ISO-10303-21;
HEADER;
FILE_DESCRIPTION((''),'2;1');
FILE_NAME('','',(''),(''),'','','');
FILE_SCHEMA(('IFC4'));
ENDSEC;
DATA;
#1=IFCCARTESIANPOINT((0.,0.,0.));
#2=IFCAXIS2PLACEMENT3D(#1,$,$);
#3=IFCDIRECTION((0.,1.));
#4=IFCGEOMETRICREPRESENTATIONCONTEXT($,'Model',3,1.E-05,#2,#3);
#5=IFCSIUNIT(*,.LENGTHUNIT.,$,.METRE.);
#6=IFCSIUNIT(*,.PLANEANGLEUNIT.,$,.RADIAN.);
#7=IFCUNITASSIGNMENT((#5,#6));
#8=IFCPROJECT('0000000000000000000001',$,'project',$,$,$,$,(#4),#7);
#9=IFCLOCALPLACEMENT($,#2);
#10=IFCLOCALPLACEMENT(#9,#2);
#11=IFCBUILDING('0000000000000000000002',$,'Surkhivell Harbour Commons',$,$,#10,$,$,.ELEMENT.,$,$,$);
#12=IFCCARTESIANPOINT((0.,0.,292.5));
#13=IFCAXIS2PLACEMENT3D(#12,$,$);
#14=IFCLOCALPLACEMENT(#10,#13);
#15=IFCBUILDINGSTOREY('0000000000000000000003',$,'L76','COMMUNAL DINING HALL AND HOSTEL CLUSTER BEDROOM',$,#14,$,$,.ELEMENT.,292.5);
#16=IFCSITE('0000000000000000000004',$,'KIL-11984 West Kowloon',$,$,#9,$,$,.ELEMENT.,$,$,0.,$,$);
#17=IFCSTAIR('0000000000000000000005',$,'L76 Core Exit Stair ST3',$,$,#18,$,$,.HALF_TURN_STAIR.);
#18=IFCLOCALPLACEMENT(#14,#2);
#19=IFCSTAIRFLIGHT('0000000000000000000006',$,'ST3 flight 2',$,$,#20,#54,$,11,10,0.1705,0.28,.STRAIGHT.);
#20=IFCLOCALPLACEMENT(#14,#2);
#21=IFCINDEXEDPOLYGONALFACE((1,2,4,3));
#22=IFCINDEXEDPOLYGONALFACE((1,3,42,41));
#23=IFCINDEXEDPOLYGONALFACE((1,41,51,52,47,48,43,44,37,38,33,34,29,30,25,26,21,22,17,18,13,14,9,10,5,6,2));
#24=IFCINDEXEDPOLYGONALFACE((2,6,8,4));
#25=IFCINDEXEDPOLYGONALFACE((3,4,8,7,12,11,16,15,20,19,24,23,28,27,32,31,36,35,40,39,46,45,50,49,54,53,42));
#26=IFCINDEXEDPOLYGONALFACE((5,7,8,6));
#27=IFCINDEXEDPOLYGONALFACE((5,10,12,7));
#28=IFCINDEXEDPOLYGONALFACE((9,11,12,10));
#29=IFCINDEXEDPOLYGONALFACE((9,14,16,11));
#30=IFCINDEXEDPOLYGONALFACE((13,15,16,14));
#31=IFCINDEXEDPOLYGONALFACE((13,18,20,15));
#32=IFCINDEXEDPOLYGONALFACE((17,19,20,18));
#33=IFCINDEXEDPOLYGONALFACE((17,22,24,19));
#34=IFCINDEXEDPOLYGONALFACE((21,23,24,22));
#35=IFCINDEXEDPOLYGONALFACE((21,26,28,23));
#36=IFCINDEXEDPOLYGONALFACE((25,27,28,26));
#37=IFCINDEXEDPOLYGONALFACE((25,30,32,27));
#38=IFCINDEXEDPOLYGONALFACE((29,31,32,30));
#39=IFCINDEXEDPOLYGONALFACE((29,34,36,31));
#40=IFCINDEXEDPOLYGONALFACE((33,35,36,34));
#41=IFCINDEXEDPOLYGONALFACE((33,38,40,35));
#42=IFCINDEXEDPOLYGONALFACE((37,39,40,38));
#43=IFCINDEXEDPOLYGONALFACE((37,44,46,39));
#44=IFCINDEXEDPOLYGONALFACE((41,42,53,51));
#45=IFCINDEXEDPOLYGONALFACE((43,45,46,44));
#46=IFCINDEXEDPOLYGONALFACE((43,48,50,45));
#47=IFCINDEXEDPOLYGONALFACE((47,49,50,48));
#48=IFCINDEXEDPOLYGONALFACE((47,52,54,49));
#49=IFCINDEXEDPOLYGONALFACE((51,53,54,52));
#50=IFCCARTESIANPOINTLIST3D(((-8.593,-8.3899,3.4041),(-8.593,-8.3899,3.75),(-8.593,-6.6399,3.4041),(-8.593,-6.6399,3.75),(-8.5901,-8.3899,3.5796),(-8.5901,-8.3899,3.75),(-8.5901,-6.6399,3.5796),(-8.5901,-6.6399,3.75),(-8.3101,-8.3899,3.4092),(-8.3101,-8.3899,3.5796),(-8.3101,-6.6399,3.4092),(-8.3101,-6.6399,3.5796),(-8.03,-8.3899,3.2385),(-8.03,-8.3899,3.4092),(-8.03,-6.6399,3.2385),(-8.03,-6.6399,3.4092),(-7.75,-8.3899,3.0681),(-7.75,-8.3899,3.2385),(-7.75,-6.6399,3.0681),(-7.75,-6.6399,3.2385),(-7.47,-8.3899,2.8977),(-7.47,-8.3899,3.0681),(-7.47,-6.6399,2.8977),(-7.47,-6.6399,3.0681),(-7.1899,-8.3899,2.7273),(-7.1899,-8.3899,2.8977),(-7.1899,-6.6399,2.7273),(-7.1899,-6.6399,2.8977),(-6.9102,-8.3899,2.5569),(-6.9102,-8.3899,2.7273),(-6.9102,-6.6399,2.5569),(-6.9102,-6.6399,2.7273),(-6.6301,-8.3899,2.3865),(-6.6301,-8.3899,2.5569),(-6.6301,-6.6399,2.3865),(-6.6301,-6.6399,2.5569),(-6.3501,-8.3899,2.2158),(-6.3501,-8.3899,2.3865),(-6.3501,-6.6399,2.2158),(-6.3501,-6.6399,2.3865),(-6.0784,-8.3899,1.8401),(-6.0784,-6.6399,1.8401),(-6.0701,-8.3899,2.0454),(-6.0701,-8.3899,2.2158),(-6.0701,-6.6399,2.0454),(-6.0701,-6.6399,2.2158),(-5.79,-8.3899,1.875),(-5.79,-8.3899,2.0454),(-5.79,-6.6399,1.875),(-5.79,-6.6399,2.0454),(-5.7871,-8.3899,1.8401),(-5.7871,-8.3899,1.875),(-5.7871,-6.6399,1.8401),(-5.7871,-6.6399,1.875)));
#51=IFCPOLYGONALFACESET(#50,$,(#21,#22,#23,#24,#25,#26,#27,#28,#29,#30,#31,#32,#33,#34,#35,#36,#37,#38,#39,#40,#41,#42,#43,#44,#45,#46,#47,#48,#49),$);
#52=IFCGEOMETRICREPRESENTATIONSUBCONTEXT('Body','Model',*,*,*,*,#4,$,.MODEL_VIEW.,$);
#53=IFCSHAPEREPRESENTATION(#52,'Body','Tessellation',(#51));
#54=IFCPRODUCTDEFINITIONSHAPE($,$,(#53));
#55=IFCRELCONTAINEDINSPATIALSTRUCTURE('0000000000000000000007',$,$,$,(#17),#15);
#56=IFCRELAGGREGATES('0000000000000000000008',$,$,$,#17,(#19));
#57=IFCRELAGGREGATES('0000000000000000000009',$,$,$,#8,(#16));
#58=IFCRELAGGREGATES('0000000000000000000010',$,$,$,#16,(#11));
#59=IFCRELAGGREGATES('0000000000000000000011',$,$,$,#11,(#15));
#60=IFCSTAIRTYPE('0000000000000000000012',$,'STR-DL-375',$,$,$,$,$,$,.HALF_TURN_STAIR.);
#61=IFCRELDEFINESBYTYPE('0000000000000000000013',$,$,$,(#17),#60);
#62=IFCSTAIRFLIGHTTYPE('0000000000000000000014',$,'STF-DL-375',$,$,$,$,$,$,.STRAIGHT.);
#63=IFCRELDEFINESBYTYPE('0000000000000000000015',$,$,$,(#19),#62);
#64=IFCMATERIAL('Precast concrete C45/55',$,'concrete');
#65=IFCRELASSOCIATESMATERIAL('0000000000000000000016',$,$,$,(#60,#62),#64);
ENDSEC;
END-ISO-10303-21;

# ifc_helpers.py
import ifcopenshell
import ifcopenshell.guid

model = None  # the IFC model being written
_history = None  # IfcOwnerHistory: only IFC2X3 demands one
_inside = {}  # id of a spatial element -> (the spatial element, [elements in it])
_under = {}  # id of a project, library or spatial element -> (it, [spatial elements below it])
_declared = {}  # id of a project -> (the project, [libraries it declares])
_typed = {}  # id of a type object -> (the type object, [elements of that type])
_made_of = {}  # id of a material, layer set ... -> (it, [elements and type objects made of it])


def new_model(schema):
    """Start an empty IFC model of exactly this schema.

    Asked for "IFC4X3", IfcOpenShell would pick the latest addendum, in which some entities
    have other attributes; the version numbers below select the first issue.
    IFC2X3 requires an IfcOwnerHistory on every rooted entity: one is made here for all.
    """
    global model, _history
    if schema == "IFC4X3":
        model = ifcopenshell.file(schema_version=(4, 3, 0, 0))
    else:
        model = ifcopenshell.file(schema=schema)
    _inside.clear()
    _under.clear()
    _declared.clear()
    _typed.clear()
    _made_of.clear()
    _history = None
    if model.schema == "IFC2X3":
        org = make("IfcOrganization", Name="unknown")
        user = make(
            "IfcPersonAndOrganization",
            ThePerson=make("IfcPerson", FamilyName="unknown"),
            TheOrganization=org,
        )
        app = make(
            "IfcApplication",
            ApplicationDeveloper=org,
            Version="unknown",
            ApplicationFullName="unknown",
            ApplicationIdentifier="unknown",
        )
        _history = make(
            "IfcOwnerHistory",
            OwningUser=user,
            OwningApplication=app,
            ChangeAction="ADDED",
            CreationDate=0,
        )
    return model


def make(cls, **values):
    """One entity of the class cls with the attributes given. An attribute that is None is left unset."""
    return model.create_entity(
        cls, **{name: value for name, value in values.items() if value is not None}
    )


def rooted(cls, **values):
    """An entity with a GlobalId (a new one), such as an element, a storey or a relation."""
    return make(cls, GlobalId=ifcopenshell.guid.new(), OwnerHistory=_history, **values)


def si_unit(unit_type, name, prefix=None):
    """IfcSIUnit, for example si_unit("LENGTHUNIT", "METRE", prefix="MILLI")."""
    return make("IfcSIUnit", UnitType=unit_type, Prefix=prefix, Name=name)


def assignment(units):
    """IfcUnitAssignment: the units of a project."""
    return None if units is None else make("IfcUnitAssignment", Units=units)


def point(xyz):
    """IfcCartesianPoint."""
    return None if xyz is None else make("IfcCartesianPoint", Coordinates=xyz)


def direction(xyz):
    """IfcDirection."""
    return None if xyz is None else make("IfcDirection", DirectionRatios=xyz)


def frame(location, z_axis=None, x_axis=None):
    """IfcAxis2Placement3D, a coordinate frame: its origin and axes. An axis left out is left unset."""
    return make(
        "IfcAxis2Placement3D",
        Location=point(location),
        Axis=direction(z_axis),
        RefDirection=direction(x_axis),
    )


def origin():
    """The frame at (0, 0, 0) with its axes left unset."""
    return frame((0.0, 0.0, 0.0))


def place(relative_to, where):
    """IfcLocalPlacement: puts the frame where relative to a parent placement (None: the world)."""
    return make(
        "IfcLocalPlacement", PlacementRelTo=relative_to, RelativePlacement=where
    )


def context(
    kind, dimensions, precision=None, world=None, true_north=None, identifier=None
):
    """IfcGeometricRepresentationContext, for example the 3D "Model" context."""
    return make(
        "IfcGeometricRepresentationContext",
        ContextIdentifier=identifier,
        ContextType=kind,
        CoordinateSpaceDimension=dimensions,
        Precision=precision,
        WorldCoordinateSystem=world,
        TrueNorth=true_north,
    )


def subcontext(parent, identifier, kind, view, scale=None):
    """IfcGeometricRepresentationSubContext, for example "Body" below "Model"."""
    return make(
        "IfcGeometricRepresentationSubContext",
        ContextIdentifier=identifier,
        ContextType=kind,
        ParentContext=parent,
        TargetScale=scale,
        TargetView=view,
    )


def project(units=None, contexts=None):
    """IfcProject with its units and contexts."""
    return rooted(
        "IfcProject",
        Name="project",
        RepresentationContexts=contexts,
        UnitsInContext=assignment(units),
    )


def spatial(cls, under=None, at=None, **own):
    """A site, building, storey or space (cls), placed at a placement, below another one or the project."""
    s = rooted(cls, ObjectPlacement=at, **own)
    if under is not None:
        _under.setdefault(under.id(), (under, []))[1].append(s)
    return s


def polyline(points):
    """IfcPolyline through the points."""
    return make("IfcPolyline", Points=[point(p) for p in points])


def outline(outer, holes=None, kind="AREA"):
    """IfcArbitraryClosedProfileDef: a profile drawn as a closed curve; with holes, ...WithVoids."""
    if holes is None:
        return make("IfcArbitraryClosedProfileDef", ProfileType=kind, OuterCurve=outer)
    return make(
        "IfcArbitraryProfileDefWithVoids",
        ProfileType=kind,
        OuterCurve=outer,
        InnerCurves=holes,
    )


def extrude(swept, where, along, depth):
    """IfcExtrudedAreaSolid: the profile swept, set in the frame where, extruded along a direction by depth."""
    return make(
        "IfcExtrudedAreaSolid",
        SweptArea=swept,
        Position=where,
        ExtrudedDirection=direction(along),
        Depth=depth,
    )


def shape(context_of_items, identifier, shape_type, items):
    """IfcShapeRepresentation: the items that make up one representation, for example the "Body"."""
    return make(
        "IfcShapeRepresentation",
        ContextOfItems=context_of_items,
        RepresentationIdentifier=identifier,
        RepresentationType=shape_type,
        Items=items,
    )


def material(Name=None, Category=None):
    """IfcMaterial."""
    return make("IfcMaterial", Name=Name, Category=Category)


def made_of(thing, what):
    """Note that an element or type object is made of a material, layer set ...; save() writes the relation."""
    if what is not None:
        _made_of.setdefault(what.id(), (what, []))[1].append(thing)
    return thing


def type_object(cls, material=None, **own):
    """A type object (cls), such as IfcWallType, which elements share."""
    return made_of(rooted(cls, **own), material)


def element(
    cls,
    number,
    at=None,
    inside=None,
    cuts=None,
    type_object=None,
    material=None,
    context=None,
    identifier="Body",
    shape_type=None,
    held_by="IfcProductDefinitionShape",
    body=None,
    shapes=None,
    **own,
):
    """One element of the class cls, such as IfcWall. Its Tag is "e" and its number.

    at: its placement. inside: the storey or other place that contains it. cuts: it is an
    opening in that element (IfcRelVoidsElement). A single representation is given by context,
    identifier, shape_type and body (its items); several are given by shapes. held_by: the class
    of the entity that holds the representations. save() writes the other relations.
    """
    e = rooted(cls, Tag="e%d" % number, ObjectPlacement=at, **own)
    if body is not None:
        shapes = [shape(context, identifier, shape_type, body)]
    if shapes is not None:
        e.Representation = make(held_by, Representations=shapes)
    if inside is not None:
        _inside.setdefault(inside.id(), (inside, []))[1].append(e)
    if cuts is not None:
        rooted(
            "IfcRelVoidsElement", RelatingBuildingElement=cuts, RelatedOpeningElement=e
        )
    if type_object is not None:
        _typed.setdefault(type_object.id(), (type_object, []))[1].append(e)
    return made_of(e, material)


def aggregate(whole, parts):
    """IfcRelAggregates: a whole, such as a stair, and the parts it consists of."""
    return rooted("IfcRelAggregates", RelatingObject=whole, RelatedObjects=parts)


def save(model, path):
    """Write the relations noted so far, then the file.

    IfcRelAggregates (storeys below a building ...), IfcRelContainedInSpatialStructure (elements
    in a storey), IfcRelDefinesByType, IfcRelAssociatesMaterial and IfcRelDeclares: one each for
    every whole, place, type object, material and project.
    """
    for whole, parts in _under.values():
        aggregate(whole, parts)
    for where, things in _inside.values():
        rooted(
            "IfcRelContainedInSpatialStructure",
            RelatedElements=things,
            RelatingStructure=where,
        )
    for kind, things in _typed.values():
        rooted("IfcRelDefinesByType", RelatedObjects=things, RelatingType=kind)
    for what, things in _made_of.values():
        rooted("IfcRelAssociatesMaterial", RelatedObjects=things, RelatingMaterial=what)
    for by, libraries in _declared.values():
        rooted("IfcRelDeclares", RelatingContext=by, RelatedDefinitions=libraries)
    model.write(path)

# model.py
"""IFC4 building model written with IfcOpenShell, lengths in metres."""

from ifc_helpers import new_model, si_unit, direction, frame, origin, place, context, subcontext, project, spatial, polyline, outline, extrude, material, type_object, element, aggregate, save


model = new_model("IFC4")

# Units and contexts
model_context = context("Model", 3, precision=1e-05, world=origin(), true_north=direction((0.0, 1.0)))
body_context = subcontext(model_context, "Body", "Model", "MODEL_VIEW")
ifc_project = project(units=[si_unit("LENGTHUNIT", "METRE"), si_unit("PLANEANGLEUNIT", "RADIAN")], contexts=[model_context])

# Site, building, storey
site_placement = place(None, origin())
site = spatial("IfcSite", under=ifc_project, at=site_placement, Name="KIL-11984 West Kowloon", CompositionType="ELEMENT", RefElevation=0.0)
building_placement = place(site_placement, origin())
building = spatial("IfcBuilding", under=site, at=building_placement, Name="Surkhivell Harbour Commons", CompositionType="ELEMENT")
storey_placement = place(building_placement, frame((0.0, 0.0, 292.5)))
storey = spatial("IfcBuildingStorey", under=building, at=storey_placement, Name="L76", Description="COMMUNAL DINING HALL AND HOSTEL CLUSTER BEDROOM", CompositionType="ELEMENT", Elevation=292.5)

# Stair, stair flight
ifc_material_1 = material(Name="Precast concrete C45/55", Category="concrete")
stair_type = type_object("IfcStairType", Name="STR-DL-375", PredefinedType="HALF_TURN_STAIR", material=ifc_material_1)
stair_placement = place(storey_placement, origin())
stair = element("IfcStair", 1, at=stair_placement, inside=storey, type_object=stair_type, Name="L76 Core Exit Stair ST3", PredefinedType="HALF_TURN_STAIR")
stair_flight_type = type_object("IfcStairFlightType", Name="STF-DL-375", PredefinedType="STRAIGHT", material=ifc_material_1)
stair_flight_placement = place(storey_placement, frame((-5.79, -7.5149, 1.875), z_axis=(0.0, 0.0, 1.0), x_axis=(-1.0, 0.0, 0.0)))
stair_flight = element("IfcStairFlight", 2, at=stair_flight_placement, type_object=stair_flight_type, Name="ST3 flight 2", NumberOfRisers=11, NumberOfTreads=10, PredefinedType="STRAIGHT", RiserHeight=0.1705, TreadLength=0.28, context=body_context, shape_type="SweptSolid", body=[
    extrude(outline(polyline([(-0.0029, -0.0349), (-0.0029, 0.0), (0.0, 0.0), (0.0, 0.1704), (0.28, 0.1704), (0.28, 0.3408), (0.5601, 0.3408), (0.5601, 0.5115), (0.8401, 0.5115), (0.8401, 0.6819), (1.1201, 0.6819), (1.1201, 0.8523), (1.3999, 0.8523), (1.3999, 1.0227), (1.6799, 1.0227), (1.6799, 1.1931), (1.96, 1.1931), (1.96, 1.3635), (2.24, 1.3635), (2.24, 1.5342), (2.52, 1.5342), (2.52, 1.7046), (2.8, 1.7046), (2.8, 1.875), (2.803, 1.875), (2.803, 1.5291), (0.2883, -0.0349), (-0.0029, -0.0349)])), frame((0.0, 0.875, 0.0), z_axis=(0.0, -1.0, 0.0), x_axis=(1.0, 0.0, 0.0)), (0.0, 0.0, 1.0), 1.75),
])
aggregate(stair, [stair_flight])

save(model, "model.ifc")
